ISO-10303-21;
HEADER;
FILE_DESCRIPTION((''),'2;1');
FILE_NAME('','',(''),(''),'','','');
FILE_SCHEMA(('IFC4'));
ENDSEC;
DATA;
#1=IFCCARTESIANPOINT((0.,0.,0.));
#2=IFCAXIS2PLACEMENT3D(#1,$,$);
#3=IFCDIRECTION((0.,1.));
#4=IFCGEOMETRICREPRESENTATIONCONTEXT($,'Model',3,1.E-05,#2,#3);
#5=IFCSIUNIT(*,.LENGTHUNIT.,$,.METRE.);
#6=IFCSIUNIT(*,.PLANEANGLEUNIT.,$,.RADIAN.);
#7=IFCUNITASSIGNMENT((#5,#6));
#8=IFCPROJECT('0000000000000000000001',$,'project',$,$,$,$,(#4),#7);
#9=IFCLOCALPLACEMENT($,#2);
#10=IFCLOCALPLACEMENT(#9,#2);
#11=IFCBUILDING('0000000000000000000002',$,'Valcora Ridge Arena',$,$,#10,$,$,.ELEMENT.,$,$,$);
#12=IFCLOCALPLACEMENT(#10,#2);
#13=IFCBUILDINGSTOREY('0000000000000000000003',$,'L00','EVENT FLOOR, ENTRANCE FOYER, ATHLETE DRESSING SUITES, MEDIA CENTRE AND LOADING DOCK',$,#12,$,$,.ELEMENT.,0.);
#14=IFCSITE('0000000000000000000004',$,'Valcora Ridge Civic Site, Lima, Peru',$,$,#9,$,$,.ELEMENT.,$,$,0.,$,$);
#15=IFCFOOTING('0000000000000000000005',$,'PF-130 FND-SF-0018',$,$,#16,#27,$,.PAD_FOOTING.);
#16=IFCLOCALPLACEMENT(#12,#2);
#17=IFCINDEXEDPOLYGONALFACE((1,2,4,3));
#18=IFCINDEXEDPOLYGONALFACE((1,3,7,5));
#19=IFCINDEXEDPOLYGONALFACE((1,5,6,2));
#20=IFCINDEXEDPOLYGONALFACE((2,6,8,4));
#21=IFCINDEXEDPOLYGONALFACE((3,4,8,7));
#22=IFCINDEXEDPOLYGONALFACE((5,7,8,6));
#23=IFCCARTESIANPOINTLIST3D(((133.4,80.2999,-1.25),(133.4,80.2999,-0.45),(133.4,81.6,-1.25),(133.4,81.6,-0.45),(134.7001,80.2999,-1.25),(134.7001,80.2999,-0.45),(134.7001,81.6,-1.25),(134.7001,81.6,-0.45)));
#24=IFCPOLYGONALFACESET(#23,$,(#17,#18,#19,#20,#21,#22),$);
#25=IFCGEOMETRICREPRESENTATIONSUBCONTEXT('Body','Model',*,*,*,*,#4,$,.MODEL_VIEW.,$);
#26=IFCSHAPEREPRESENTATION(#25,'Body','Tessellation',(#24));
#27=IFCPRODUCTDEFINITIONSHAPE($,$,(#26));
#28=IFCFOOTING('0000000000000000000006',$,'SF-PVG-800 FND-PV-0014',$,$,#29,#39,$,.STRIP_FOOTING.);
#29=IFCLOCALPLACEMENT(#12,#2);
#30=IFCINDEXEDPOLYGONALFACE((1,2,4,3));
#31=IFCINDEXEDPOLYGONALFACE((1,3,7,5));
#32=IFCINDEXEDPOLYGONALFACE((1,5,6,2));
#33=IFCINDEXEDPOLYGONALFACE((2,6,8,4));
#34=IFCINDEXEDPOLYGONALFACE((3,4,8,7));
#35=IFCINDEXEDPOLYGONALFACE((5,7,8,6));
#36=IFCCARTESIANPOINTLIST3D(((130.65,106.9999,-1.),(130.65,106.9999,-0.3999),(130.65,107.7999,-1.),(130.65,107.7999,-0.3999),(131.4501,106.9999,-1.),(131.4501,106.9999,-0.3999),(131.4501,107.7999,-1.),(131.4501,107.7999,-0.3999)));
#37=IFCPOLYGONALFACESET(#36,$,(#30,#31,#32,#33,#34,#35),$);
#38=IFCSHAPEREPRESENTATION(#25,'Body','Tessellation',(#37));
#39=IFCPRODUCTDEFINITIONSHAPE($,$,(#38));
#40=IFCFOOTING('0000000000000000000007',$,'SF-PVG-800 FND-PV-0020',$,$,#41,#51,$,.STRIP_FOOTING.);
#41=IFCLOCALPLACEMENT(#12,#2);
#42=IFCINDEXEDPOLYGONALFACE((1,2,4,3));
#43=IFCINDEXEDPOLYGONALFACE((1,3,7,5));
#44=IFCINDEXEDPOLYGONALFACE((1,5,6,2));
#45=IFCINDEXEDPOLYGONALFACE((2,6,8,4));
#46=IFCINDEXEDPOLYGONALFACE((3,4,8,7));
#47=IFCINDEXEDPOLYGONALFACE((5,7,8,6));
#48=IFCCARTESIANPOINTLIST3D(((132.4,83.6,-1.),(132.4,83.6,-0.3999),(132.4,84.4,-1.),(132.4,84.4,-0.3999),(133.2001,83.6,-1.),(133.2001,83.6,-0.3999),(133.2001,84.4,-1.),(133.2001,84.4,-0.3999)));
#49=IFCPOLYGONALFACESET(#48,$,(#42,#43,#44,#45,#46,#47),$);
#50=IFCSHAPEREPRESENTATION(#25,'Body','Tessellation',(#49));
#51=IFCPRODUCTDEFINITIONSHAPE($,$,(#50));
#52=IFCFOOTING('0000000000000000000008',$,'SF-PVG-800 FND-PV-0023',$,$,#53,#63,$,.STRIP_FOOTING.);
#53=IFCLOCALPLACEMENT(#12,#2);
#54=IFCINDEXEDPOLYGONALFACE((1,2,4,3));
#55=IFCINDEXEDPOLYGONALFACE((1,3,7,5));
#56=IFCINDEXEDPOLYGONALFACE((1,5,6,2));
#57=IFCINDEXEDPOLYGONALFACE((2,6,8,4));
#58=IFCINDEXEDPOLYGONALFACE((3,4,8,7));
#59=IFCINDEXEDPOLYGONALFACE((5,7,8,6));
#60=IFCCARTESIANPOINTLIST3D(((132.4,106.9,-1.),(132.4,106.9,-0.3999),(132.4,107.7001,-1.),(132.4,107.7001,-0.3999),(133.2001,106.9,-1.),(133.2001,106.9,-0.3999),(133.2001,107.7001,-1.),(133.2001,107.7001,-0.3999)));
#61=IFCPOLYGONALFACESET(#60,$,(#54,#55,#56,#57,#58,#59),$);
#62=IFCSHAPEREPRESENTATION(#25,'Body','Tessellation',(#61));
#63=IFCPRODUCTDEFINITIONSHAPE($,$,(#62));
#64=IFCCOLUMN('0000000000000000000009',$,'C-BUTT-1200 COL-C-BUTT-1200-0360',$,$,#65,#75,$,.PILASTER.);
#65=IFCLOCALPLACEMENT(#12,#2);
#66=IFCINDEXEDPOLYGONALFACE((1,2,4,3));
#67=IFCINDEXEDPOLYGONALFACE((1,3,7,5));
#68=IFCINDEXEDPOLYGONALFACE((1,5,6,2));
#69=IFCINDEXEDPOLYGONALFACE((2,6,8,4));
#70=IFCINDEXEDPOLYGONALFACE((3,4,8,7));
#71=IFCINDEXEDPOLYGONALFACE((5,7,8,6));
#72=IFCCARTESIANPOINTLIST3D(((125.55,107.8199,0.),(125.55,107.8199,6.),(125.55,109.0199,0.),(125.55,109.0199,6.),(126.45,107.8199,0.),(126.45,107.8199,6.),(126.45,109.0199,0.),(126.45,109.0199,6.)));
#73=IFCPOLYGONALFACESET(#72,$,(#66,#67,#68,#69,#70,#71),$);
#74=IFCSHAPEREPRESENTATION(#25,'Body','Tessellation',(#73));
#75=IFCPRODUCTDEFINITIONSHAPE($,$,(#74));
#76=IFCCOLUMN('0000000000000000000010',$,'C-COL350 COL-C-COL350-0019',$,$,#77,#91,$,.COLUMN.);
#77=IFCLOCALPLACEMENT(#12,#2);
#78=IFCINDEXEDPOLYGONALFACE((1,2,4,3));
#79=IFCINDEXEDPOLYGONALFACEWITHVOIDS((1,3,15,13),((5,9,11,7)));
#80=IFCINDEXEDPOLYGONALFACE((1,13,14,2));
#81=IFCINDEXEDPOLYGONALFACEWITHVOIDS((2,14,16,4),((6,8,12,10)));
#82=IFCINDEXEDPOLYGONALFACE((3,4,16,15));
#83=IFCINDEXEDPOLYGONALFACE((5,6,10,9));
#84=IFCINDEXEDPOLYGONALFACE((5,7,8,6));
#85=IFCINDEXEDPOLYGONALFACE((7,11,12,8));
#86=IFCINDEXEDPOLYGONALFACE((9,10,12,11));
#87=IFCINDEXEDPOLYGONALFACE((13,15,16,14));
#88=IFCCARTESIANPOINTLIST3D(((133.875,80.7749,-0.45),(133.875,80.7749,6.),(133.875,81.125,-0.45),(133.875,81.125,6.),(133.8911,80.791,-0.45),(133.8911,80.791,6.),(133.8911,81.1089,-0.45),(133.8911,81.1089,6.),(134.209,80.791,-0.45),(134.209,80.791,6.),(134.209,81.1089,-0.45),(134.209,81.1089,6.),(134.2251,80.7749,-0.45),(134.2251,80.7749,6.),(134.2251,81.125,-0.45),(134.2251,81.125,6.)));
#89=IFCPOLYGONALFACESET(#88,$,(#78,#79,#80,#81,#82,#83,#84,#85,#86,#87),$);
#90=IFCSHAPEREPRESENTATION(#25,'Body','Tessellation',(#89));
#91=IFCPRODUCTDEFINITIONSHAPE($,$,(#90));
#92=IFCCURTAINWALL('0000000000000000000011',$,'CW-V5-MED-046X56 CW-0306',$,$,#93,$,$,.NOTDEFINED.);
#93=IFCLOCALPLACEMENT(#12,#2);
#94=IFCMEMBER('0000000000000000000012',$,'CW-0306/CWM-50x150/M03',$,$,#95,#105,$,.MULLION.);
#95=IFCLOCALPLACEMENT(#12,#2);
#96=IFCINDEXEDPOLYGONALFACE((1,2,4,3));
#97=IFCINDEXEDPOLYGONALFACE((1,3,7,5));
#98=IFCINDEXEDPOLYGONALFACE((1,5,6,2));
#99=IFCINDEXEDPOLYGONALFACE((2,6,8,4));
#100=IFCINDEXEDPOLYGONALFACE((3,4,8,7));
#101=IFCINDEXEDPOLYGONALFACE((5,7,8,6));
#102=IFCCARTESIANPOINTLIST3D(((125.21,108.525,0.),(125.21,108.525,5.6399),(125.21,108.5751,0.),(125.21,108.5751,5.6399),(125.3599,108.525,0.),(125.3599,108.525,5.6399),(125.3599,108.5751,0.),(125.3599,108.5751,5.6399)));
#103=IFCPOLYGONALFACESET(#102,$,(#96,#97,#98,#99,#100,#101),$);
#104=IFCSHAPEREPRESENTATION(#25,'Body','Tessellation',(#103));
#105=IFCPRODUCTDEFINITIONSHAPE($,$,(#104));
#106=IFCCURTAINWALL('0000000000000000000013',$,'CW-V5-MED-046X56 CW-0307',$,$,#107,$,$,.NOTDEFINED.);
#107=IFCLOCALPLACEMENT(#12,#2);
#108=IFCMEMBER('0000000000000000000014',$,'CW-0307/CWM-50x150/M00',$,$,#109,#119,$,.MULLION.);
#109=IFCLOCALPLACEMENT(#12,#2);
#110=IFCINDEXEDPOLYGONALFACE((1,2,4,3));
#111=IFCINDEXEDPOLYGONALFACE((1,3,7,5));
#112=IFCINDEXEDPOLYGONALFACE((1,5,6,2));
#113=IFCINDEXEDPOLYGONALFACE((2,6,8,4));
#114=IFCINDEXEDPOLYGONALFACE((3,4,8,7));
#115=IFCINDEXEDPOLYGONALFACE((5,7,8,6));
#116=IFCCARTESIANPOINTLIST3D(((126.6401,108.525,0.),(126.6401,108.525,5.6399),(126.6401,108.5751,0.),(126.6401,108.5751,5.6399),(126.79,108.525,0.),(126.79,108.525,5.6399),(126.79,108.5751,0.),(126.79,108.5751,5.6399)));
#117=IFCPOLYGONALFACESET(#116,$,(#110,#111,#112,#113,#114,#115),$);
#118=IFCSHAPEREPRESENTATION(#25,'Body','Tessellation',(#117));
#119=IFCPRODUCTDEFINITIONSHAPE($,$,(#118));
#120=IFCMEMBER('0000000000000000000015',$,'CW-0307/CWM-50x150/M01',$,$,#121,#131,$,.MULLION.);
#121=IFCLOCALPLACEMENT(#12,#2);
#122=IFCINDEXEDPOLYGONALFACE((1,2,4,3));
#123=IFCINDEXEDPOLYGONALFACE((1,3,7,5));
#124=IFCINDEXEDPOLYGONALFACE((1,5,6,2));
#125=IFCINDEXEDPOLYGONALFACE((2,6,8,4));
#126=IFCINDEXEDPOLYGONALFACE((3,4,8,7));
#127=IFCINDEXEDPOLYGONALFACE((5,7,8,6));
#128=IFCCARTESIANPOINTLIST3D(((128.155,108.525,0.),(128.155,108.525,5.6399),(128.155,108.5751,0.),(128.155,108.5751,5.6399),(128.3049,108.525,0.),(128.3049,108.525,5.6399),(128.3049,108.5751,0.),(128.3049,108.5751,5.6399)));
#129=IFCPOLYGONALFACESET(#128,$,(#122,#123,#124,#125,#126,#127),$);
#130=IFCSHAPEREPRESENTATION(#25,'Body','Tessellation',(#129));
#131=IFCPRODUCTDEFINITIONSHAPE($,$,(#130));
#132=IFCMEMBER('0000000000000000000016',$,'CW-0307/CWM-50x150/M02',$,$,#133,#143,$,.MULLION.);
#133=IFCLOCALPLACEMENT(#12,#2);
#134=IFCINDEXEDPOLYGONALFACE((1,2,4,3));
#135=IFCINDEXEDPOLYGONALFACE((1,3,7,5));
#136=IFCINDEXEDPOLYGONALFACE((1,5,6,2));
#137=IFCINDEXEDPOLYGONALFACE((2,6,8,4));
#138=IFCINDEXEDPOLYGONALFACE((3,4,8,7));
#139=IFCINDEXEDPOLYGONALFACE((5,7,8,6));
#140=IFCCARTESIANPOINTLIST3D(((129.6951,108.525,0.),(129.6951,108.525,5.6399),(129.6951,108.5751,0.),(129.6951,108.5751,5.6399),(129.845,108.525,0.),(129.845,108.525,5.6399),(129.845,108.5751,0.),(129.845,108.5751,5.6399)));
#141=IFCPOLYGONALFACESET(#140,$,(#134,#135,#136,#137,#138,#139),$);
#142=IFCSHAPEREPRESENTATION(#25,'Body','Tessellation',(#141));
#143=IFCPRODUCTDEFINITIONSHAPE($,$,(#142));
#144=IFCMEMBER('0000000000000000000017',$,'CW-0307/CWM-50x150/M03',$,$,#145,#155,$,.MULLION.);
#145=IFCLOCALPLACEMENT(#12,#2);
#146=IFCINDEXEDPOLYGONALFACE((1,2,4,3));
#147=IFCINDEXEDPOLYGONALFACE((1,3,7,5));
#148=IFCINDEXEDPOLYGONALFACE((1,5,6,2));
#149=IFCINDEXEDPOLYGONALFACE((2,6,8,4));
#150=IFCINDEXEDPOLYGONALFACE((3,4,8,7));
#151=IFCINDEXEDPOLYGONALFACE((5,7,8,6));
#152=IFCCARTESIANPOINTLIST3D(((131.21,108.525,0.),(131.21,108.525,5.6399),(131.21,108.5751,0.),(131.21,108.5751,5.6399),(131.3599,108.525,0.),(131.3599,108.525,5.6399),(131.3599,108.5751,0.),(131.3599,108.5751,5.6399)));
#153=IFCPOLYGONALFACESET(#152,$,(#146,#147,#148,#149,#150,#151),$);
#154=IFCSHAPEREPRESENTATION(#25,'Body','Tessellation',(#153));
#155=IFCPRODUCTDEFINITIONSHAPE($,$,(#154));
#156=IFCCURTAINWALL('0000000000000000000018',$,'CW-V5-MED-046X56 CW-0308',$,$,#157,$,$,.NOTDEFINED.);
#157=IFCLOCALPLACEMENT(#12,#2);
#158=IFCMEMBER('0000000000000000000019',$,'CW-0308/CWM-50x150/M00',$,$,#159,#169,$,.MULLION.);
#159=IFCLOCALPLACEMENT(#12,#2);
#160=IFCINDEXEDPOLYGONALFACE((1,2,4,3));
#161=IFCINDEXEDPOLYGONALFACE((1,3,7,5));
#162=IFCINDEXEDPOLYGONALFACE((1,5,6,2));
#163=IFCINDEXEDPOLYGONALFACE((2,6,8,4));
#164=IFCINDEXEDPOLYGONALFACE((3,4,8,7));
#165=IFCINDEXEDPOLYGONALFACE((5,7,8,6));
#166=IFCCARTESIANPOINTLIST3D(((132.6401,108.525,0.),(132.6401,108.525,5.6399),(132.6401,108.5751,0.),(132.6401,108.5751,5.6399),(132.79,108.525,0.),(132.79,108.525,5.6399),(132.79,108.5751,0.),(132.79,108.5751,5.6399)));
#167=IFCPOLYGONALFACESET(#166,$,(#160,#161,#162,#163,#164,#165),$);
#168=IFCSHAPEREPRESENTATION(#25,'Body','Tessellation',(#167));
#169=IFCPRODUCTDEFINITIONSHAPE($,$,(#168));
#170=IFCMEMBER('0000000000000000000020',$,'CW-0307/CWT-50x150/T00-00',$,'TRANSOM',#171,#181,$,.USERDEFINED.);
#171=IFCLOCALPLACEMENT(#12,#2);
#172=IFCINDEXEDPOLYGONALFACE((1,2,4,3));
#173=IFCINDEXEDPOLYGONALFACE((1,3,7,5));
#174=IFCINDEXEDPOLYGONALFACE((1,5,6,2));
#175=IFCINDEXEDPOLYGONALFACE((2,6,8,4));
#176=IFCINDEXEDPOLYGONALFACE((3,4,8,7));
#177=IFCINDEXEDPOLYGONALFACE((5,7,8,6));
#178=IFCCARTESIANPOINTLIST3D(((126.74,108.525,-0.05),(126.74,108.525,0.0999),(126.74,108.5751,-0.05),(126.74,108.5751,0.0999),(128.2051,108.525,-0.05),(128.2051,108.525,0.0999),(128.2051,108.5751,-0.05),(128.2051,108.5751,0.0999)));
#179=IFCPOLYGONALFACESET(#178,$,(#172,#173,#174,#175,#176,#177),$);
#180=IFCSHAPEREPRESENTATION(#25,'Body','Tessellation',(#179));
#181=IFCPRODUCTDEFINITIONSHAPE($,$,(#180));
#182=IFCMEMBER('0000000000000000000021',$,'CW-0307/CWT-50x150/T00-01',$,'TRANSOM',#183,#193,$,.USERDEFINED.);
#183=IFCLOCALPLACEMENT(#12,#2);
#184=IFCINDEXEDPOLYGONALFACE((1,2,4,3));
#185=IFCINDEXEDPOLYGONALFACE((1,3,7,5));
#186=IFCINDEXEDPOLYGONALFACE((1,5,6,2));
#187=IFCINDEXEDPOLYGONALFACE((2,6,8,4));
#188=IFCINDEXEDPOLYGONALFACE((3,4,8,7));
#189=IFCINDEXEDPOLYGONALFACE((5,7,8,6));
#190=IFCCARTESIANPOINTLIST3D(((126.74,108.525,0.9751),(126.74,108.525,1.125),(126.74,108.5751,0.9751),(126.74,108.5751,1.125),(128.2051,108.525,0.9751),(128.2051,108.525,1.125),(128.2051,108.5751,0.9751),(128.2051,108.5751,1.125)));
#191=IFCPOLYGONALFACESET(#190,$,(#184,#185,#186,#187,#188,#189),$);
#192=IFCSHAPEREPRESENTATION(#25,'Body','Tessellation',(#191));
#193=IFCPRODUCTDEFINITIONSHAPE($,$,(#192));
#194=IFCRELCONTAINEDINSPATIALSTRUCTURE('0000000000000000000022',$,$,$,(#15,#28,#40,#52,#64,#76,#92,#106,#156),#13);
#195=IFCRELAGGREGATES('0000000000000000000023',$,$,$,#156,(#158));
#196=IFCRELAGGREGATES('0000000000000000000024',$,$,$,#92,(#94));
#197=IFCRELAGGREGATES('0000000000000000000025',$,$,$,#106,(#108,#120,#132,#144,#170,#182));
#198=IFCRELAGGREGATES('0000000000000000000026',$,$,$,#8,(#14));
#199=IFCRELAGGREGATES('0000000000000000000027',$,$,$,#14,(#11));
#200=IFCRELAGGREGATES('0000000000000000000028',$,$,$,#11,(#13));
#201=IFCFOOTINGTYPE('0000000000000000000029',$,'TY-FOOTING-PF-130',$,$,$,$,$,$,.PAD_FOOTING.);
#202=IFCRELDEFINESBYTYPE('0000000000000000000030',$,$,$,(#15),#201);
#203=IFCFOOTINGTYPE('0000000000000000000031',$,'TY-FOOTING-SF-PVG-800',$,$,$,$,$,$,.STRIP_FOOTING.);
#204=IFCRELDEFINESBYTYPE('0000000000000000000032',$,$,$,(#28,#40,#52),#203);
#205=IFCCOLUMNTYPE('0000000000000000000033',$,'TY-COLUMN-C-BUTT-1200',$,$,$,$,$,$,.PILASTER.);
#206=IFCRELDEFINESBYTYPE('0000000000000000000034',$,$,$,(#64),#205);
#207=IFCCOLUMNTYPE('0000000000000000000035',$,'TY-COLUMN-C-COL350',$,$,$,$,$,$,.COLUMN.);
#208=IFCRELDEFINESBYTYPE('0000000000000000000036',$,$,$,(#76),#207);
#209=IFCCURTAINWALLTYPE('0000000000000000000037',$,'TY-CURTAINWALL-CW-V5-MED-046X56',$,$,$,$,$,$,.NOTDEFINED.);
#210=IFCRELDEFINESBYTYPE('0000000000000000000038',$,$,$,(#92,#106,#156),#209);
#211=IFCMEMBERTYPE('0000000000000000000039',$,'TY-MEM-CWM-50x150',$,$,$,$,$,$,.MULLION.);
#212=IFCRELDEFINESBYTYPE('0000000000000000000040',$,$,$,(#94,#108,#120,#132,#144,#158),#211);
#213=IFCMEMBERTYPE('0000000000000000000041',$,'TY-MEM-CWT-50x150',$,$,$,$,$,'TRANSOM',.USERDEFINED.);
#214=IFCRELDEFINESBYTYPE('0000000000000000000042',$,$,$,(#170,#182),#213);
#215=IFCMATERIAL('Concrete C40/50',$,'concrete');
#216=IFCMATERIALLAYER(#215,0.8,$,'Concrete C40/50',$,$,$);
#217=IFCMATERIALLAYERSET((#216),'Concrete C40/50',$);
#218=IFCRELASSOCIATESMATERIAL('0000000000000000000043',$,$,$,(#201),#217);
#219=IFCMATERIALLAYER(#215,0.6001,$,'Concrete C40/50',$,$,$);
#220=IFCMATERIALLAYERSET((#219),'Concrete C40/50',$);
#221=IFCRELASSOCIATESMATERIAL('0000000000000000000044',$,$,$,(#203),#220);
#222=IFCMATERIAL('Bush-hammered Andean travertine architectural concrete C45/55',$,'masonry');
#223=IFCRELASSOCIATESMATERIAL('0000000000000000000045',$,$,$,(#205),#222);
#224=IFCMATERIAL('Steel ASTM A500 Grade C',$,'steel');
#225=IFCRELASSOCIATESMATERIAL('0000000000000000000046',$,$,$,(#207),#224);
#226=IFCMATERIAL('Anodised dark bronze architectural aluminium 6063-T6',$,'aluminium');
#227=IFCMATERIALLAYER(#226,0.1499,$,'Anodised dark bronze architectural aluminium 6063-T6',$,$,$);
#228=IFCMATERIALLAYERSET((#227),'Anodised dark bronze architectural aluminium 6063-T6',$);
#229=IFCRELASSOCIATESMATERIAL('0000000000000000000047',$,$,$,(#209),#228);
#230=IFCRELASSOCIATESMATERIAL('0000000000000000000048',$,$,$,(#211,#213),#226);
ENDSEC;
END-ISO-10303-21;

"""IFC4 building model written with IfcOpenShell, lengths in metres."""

from ifc_helpers import new_model, si_unit, direction, frame, origin, origin_2d, place, context, subcontext, project, spatial, rectangle, hollow_rectangle, extrude, material, layer, layer_set, material_profile, profile_set, type_object, element, aggregate, save


model = new_model("IFC4")

# Units and contexts
model_context = context("Model", 3, precision=1e-05, world=origin(), true_north=direction((0.0, 1.0)))
body_context = subcontext(model_context, "Body", "Model", "MODEL_VIEW")
ifc_project = project(units=[si_unit("LENGTHUNIT", "METRE"), si_unit("PLANEANGLEUNIT", "RADIAN")], contexts=[model_context])

# Site, building, storey
site_placement = place(None, origin())
site = spatial("IfcSite", under=ifc_project, at=site_placement, Name="Valcora Ridge Civic Site, Lima, Peru", CompositionType="ELEMENT", RefElevation=0.0)
building_placement = place(site_placement, origin())
building = spatial("IfcBuilding", under=site, at=building_placement, Name="Valcora Ridge Arena", CompositionType="ELEMENT")
storey_placement = place(building_placement, origin())
storey = spatial("IfcBuildingStorey", under=building, at=storey_placement, Name="L00", Description="EVENT FLOOR, ENTRANCE FOYER, ATHLETE DRESSING SUITES, MEDIA CENTRE AND LOADING DOCK", CompositionType="ELEMENT", Elevation=0.0)

# Footings
ifc_material_1 = material(Name="Concrete C40/50", Category="concrete")
ifc_layer_1 = layer(ifc_material_1, 0.8, Name="Concrete C40/50")
ifc_layer_set_1 = layer_set([ifc_layer_1], Name="Concrete C40/50")
footing_type_1 = type_object("IfcFootingType", Name="TY-FOOTING-PF-130", PredefinedType="PAD_FOOTING", material=ifc_layer_set_1)
footing_placement = place(storey_placement, frame((134.05, 80.95, -1.25), z_axis=(0.0, 0.0, 1.0), x_axis=(1.0, 0.0, 0.0)))
element("IfcFooting", 1, at=footing_placement, inside=storey, type_object=footing_type_1, Name="PF-130 FND-SF-0018", PredefinedType="PAD_FOOTING", context=body_context, shape_type="SweptSolid", body=[
    extrude(rectangle(XDim=1.3, YDim=1.3, at=origin_2d()), origin(), (0.0, 0.0, 1.0), 0.8),
])
ifc_layer_2 = layer(ifc_material_1, 0.6001, Name="Concrete C40/50")
ifc_layer_set_2 = layer_set([ifc_layer_2], Name="Concrete C40/50")
footing_type_2 = type_object("IfcFootingType", Name="TY-FOOTING-SF-PVG-800", PredefinedType="STRIP_FOOTING", material=ifc_layer_set_2)
for number, where, z_axis, x_axis, name in (
    (2, (131.05, 107.3999, -1.0), (0.0, 0.0, 1.0), (1.0, 0.0, 0.0), "SF-PVG-800 FND-PV-0014"),
    (3, (132.8, 84.0, -1.0), (0.0, 0.0, 1.0), (1.0, 0.0, 0.0), "SF-PVG-800 FND-PV-0020"),
    (4, (132.8, 107.3, -1.0), (0.0, 0.0, 1.0), (1.0, 0.0, 0.0), "SF-PVG-800 FND-PV-0023"),
):
    element("IfcFooting", number, at=place(storey_placement, frame(where, z_axis=z_axis, x_axis=x_axis)), inside=storey, type_object=footing_type_2, Name=name, PredefinedType="STRIP_FOOTING", context=body_context, shape_type="SweptSolid", body=[
        extrude(rectangle(XDim=0.8, YDim=0.8, at=origin_2d()), origin(), (0.0, 0.0, 1.0), 0.6001),
    ])

# Columns
ifc_material_2 = material(Name="Bush-hammered Andean travertine architectural concrete C45/55", Category="masonry")
ifc_material_profile_1 = material_profile(ifc_material_2, rectangle(XDim=0.8999, YDim=1.2, at=origin_2d()), Name="RC 900x1200")
ifc_profile_set_1 = profile_set([ifc_material_profile_1], Name="Bush-hammered Andean travertine architectural concrete C45/55")
column_type_1 = type_object("IfcColumnType", Name="TY-COLUMN-C-BUTT-1200", PredefinedType="PILASTER", material=ifc_profile_set_1)
column_1_placement = place(storey_placement, frame((126.0, 108.4199, 0.0), z_axis=(0.0, 0.0, 1.0), x_axis=(1.0, 0.0, 0.0)))
element("IfcColumn", 5, at=column_1_placement, inside=storey, type_object=column_type_1, Name="C-BUTT-1200 COL-C-BUTT-1200-0360", PredefinedType="PILASTER", context=body_context, shape_type="SweptSolid", body=[
    extrude(rectangle(XDim=0.8999, YDim=1.2, at=origin_2d()), origin(), (0.0, 0.0, 1.0), 6.0),
])
ifc_material_3 = material(Name="Steel ASTM A500 Grade C", Category="steel")
ifc_material_profile_2 = material_profile(ifc_material_3, hollow_rectangle(XDim=0.3501, YDim=0.3501, WallThickness=0.0161, at=origin_2d()), Name="HSS350X350X16")
ifc_profile_set_2 = profile_set([ifc_material_profile_2], Name="Steel ASTM A500 Grade C")
column_type_2 = type_object("IfcColumnType", Name="TY-COLUMN-C-COL350", PredefinedType="COLUMN", material=ifc_profile_set_2)
column_2_placement = place(storey_placement, frame((134.05, 80.95, -0.45), z_axis=(0.0, 0.0, 1.0), x_axis=(1.0, 0.0, 0.0)))
element("IfcColumn", 6, at=column_2_placement, inside=storey, type_object=column_type_2, Name="C-COL350 COL-C-COL350-0019", PredefinedType="COLUMN", context=body_context, shape_type="SweptSolid", body=[
    extrude(hollow_rectangle(XDim=0.3501, YDim=0.3501, WallThickness=0.0161, at=origin_2d()), origin(), (0.0, 0.0, 1.0), 6.45),
])

# Curtain wall, member
ifc_material_4 = material(Name="Anodised dark bronze architectural aluminium 6063-T6", Category="aluminium")
ifc_layer_3 = layer(ifc_material_4, 0.1499, Name="Anodised dark bronze architectural aluminium 6063-T6")
ifc_layer_set_3 = layer_set([ifc_layer_3], Name="Anodised dark bronze architectural aluminium 6063-T6")
curtain_wall_type = type_object("IfcCurtainWallType", Name="TY-CURTAINWALL-CW-V5-MED-046X56", PredefinedType="NOTDEFINED", material=ifc_layer_set_3)
curtain_wall_1_placement = place(storey_placement, origin())
curtain_wall_1 = element("IfcCurtainWall", 7, at=curtain_wall_1_placement, inside=storey, type_object=curtain_wall_type, Name="CW-V5-MED-046X56 CW-0306", PredefinedType="NOTDEFINED")
ifc_material_profile_3 = material_profile(ifc_material_4, rectangle(XDim=0.05, YDim=0.1499, at=origin_2d()), Name="ALU MULLION 50x150")
ifc_profile_set_3 = profile_set([ifc_material_profile_3], Name="Anodised dark bronze architectural aluminium 6063-T6")
member_type_1 = type_object("IfcMemberType", Name="TY-MEM-CWM-50x150", PredefinedType="MULLION", material=ifc_profile_set_3)
member_1_placement = place(storey_placement, frame((125.2849, 108.55, 0.0), z_axis=(0.0, 0.0, 1.0), x_axis=(0.0, 1.0, 0.0)))
member_1 = element("IfcMember", 8, at=member_1_placement, type_object=member_type_1, Name="CW-0306/CWM-50x150/M03", PredefinedType="MULLION", context=body_context, shape_type="SweptSolid", body=[
    extrude(rectangle(XDim=0.05, YDim=0.1499, at=origin_2d()), origin(), (0.0, 0.0, 1.0), 5.6399),
])

# Curtain wall, members
curtain_wall_2_placement = place(storey_placement, origin())
curtain_wall_2 = element("IfcCurtainWall", 9, at=curtain_wall_2_placement, inside=storey, type_object=curtain_wall_type, Name="CW-V5-MED-046X56 CW-0307", PredefinedType="NOTDEFINED")
member_2_placement = place(storey_placement, frame((126.7151, 108.55, 0.0), z_axis=(0.0, 0.0, 1.0), x_axis=(0.0, 1.0, 0.0)))
member_2 = element("IfcMember", 10, at=member_2_placement, type_object=member_type_1, Name="CW-0307/CWM-50x150/M00", PredefinedType="MULLION", context=body_context, shape_type="SweptSolid", body=[
    extrude(rectangle(XDim=0.05, YDim=0.1499, at=origin_2d()), origin(), (0.0, 0.0, 1.0), 5.6399),
])
member_3_placement = place(storey_placement, frame((128.23, 108.55, 0.0), z_axis=(0.0, 0.0, 1.0), x_axis=(0.0, 1.0, 0.0)))
member_3 = element("IfcMember", 11, at=member_3_placement, type_object=member_type_1, Name="CW-0307/CWM-50x150/M01", PredefinedType="MULLION", context=body_context, shape_type="SweptSolid", body=[
    extrude(rectangle(XDim=0.05, YDim=0.1499, at=origin_2d()), origin(), (0.0, 0.0, 1.0), 5.6399),
])
member_4_placement = place(storey_placement, frame((129.77, 108.55, 0.0), z_axis=(0.0, 0.0, 1.0), x_axis=(0.0, 1.0, 0.0)))
member_4 = element("IfcMember", 12, at=member_4_placement, type_object=member_type_1, Name="CW-0307/CWM-50x150/M02", PredefinedType="MULLION", context=body_context, shape_type="SweptSolid", body=[
    extrude(rectangle(XDim=0.05, YDim=0.1499, at=origin_2d()), origin(), (0.0, 0.0, 1.0), 5.6399),
])
member_5_placement = place(storey_placement, frame((131.2849, 108.55, 0.0), z_axis=(0.0, 0.0, 1.0), x_axis=(0.0, 1.0, 0.0)))
member_5 = element("IfcMember", 13, at=member_5_placement, type_object=member_type_1, Name="CW-0307/CWM-50x150/M03", PredefinedType="MULLION", context=body_context, shape_type="SweptSolid", body=[
    extrude(rectangle(XDim=0.05, YDim=0.1499, at=origin_2d()), origin(), (0.0, 0.0, 1.0), 5.6399),
])

# Curtain wall, member
curtain_wall_3_placement = place(storey_placement, origin())
curtain_wall_3 = element("IfcCurtainWall", 14, at=curtain_wall_3_placement, inside=storey, type_object=curtain_wall_type, Name="CW-V5-MED-046X56 CW-0308", PredefinedType="NOTDEFINED")
member_6_placement = place(storey_placement, frame((132.7151, 108.55, 0.0), z_axis=(0.0, 0.0, 1.0), x_axis=(0.0, 1.0, 0.0)))
member_6 = element("IfcMember", 15, at=member_6_placement, type_object=member_type_1, Name="CW-0308/CWM-50x150/M00", PredefinedType="MULLION", context=body_context, shape_type="SweptSolid", body=[
    extrude(rectangle(XDim=0.05, YDim=0.1499, at=origin_2d()), origin(), (0.0, 0.0, 1.0), 5.6399),
])

# Members
ifc_material_profile_4 = material_profile(ifc_material_4, rectangle(XDim=0.05, YDim=0.1499, at=origin_2d()), Name="ALU TRANSOM 50x150")
ifc_profile_set_4 = profile_set([ifc_material_profile_4], Name="Anodised dark bronze architectural aluminium 6063-T6")
member_type_2 = type_object("IfcMemberType", Name="TY-MEM-CWT-50x150", ElementType="TRANSOM", PredefinedType="USERDEFINED", material=ifc_profile_set_4)
member_7_placement = place(storey_placement, frame((126.74, 108.55, 0.0249), z_axis=(1.0, 0.0, 0.0), x_axis=(0.0, 1.0, 0.0)))
member_7 = element("IfcMember", 16, at=member_7_placement, type_object=member_type_2, Name="CW-0307/CWT-50x150/T00-00", ObjectType="TRANSOM", PredefinedType="USERDEFINED", context=body_context, shape_type="SweptSolid", body=[
    extrude(rectangle(XDim=0.05, YDim=0.1499, at=origin_2d()), origin(), (0.0, 0.0, 1.0), 1.4651),
])
member_8_placement = place(storey_placement, frame((126.74, 108.55, 1.05), z_axis=(1.0, 0.0, 0.0), x_axis=(0.0, 1.0, 0.0)))
member_8 = element("IfcMember", 17, at=member_8_placement, type_object=member_type_2, Name="CW-0307/CWT-50x150/T00-01", ObjectType="TRANSOM", PredefinedType="USERDEFINED", context=body_context, shape_type="SweptSolid", body=[
    extrude(rectangle(XDim=0.05, YDim=0.1499, at=origin_2d()), origin(), (0.0, 0.0, 1.0), 1.4651),
])
aggregate(curtain_wall_3, [member_6])

aggregate(curtain_wall_1, [member_1])
aggregate(curtain_wall_2, [member_2, member_3, member_4, member_5, member_7, member_8])

save(model, "model.ifc")
